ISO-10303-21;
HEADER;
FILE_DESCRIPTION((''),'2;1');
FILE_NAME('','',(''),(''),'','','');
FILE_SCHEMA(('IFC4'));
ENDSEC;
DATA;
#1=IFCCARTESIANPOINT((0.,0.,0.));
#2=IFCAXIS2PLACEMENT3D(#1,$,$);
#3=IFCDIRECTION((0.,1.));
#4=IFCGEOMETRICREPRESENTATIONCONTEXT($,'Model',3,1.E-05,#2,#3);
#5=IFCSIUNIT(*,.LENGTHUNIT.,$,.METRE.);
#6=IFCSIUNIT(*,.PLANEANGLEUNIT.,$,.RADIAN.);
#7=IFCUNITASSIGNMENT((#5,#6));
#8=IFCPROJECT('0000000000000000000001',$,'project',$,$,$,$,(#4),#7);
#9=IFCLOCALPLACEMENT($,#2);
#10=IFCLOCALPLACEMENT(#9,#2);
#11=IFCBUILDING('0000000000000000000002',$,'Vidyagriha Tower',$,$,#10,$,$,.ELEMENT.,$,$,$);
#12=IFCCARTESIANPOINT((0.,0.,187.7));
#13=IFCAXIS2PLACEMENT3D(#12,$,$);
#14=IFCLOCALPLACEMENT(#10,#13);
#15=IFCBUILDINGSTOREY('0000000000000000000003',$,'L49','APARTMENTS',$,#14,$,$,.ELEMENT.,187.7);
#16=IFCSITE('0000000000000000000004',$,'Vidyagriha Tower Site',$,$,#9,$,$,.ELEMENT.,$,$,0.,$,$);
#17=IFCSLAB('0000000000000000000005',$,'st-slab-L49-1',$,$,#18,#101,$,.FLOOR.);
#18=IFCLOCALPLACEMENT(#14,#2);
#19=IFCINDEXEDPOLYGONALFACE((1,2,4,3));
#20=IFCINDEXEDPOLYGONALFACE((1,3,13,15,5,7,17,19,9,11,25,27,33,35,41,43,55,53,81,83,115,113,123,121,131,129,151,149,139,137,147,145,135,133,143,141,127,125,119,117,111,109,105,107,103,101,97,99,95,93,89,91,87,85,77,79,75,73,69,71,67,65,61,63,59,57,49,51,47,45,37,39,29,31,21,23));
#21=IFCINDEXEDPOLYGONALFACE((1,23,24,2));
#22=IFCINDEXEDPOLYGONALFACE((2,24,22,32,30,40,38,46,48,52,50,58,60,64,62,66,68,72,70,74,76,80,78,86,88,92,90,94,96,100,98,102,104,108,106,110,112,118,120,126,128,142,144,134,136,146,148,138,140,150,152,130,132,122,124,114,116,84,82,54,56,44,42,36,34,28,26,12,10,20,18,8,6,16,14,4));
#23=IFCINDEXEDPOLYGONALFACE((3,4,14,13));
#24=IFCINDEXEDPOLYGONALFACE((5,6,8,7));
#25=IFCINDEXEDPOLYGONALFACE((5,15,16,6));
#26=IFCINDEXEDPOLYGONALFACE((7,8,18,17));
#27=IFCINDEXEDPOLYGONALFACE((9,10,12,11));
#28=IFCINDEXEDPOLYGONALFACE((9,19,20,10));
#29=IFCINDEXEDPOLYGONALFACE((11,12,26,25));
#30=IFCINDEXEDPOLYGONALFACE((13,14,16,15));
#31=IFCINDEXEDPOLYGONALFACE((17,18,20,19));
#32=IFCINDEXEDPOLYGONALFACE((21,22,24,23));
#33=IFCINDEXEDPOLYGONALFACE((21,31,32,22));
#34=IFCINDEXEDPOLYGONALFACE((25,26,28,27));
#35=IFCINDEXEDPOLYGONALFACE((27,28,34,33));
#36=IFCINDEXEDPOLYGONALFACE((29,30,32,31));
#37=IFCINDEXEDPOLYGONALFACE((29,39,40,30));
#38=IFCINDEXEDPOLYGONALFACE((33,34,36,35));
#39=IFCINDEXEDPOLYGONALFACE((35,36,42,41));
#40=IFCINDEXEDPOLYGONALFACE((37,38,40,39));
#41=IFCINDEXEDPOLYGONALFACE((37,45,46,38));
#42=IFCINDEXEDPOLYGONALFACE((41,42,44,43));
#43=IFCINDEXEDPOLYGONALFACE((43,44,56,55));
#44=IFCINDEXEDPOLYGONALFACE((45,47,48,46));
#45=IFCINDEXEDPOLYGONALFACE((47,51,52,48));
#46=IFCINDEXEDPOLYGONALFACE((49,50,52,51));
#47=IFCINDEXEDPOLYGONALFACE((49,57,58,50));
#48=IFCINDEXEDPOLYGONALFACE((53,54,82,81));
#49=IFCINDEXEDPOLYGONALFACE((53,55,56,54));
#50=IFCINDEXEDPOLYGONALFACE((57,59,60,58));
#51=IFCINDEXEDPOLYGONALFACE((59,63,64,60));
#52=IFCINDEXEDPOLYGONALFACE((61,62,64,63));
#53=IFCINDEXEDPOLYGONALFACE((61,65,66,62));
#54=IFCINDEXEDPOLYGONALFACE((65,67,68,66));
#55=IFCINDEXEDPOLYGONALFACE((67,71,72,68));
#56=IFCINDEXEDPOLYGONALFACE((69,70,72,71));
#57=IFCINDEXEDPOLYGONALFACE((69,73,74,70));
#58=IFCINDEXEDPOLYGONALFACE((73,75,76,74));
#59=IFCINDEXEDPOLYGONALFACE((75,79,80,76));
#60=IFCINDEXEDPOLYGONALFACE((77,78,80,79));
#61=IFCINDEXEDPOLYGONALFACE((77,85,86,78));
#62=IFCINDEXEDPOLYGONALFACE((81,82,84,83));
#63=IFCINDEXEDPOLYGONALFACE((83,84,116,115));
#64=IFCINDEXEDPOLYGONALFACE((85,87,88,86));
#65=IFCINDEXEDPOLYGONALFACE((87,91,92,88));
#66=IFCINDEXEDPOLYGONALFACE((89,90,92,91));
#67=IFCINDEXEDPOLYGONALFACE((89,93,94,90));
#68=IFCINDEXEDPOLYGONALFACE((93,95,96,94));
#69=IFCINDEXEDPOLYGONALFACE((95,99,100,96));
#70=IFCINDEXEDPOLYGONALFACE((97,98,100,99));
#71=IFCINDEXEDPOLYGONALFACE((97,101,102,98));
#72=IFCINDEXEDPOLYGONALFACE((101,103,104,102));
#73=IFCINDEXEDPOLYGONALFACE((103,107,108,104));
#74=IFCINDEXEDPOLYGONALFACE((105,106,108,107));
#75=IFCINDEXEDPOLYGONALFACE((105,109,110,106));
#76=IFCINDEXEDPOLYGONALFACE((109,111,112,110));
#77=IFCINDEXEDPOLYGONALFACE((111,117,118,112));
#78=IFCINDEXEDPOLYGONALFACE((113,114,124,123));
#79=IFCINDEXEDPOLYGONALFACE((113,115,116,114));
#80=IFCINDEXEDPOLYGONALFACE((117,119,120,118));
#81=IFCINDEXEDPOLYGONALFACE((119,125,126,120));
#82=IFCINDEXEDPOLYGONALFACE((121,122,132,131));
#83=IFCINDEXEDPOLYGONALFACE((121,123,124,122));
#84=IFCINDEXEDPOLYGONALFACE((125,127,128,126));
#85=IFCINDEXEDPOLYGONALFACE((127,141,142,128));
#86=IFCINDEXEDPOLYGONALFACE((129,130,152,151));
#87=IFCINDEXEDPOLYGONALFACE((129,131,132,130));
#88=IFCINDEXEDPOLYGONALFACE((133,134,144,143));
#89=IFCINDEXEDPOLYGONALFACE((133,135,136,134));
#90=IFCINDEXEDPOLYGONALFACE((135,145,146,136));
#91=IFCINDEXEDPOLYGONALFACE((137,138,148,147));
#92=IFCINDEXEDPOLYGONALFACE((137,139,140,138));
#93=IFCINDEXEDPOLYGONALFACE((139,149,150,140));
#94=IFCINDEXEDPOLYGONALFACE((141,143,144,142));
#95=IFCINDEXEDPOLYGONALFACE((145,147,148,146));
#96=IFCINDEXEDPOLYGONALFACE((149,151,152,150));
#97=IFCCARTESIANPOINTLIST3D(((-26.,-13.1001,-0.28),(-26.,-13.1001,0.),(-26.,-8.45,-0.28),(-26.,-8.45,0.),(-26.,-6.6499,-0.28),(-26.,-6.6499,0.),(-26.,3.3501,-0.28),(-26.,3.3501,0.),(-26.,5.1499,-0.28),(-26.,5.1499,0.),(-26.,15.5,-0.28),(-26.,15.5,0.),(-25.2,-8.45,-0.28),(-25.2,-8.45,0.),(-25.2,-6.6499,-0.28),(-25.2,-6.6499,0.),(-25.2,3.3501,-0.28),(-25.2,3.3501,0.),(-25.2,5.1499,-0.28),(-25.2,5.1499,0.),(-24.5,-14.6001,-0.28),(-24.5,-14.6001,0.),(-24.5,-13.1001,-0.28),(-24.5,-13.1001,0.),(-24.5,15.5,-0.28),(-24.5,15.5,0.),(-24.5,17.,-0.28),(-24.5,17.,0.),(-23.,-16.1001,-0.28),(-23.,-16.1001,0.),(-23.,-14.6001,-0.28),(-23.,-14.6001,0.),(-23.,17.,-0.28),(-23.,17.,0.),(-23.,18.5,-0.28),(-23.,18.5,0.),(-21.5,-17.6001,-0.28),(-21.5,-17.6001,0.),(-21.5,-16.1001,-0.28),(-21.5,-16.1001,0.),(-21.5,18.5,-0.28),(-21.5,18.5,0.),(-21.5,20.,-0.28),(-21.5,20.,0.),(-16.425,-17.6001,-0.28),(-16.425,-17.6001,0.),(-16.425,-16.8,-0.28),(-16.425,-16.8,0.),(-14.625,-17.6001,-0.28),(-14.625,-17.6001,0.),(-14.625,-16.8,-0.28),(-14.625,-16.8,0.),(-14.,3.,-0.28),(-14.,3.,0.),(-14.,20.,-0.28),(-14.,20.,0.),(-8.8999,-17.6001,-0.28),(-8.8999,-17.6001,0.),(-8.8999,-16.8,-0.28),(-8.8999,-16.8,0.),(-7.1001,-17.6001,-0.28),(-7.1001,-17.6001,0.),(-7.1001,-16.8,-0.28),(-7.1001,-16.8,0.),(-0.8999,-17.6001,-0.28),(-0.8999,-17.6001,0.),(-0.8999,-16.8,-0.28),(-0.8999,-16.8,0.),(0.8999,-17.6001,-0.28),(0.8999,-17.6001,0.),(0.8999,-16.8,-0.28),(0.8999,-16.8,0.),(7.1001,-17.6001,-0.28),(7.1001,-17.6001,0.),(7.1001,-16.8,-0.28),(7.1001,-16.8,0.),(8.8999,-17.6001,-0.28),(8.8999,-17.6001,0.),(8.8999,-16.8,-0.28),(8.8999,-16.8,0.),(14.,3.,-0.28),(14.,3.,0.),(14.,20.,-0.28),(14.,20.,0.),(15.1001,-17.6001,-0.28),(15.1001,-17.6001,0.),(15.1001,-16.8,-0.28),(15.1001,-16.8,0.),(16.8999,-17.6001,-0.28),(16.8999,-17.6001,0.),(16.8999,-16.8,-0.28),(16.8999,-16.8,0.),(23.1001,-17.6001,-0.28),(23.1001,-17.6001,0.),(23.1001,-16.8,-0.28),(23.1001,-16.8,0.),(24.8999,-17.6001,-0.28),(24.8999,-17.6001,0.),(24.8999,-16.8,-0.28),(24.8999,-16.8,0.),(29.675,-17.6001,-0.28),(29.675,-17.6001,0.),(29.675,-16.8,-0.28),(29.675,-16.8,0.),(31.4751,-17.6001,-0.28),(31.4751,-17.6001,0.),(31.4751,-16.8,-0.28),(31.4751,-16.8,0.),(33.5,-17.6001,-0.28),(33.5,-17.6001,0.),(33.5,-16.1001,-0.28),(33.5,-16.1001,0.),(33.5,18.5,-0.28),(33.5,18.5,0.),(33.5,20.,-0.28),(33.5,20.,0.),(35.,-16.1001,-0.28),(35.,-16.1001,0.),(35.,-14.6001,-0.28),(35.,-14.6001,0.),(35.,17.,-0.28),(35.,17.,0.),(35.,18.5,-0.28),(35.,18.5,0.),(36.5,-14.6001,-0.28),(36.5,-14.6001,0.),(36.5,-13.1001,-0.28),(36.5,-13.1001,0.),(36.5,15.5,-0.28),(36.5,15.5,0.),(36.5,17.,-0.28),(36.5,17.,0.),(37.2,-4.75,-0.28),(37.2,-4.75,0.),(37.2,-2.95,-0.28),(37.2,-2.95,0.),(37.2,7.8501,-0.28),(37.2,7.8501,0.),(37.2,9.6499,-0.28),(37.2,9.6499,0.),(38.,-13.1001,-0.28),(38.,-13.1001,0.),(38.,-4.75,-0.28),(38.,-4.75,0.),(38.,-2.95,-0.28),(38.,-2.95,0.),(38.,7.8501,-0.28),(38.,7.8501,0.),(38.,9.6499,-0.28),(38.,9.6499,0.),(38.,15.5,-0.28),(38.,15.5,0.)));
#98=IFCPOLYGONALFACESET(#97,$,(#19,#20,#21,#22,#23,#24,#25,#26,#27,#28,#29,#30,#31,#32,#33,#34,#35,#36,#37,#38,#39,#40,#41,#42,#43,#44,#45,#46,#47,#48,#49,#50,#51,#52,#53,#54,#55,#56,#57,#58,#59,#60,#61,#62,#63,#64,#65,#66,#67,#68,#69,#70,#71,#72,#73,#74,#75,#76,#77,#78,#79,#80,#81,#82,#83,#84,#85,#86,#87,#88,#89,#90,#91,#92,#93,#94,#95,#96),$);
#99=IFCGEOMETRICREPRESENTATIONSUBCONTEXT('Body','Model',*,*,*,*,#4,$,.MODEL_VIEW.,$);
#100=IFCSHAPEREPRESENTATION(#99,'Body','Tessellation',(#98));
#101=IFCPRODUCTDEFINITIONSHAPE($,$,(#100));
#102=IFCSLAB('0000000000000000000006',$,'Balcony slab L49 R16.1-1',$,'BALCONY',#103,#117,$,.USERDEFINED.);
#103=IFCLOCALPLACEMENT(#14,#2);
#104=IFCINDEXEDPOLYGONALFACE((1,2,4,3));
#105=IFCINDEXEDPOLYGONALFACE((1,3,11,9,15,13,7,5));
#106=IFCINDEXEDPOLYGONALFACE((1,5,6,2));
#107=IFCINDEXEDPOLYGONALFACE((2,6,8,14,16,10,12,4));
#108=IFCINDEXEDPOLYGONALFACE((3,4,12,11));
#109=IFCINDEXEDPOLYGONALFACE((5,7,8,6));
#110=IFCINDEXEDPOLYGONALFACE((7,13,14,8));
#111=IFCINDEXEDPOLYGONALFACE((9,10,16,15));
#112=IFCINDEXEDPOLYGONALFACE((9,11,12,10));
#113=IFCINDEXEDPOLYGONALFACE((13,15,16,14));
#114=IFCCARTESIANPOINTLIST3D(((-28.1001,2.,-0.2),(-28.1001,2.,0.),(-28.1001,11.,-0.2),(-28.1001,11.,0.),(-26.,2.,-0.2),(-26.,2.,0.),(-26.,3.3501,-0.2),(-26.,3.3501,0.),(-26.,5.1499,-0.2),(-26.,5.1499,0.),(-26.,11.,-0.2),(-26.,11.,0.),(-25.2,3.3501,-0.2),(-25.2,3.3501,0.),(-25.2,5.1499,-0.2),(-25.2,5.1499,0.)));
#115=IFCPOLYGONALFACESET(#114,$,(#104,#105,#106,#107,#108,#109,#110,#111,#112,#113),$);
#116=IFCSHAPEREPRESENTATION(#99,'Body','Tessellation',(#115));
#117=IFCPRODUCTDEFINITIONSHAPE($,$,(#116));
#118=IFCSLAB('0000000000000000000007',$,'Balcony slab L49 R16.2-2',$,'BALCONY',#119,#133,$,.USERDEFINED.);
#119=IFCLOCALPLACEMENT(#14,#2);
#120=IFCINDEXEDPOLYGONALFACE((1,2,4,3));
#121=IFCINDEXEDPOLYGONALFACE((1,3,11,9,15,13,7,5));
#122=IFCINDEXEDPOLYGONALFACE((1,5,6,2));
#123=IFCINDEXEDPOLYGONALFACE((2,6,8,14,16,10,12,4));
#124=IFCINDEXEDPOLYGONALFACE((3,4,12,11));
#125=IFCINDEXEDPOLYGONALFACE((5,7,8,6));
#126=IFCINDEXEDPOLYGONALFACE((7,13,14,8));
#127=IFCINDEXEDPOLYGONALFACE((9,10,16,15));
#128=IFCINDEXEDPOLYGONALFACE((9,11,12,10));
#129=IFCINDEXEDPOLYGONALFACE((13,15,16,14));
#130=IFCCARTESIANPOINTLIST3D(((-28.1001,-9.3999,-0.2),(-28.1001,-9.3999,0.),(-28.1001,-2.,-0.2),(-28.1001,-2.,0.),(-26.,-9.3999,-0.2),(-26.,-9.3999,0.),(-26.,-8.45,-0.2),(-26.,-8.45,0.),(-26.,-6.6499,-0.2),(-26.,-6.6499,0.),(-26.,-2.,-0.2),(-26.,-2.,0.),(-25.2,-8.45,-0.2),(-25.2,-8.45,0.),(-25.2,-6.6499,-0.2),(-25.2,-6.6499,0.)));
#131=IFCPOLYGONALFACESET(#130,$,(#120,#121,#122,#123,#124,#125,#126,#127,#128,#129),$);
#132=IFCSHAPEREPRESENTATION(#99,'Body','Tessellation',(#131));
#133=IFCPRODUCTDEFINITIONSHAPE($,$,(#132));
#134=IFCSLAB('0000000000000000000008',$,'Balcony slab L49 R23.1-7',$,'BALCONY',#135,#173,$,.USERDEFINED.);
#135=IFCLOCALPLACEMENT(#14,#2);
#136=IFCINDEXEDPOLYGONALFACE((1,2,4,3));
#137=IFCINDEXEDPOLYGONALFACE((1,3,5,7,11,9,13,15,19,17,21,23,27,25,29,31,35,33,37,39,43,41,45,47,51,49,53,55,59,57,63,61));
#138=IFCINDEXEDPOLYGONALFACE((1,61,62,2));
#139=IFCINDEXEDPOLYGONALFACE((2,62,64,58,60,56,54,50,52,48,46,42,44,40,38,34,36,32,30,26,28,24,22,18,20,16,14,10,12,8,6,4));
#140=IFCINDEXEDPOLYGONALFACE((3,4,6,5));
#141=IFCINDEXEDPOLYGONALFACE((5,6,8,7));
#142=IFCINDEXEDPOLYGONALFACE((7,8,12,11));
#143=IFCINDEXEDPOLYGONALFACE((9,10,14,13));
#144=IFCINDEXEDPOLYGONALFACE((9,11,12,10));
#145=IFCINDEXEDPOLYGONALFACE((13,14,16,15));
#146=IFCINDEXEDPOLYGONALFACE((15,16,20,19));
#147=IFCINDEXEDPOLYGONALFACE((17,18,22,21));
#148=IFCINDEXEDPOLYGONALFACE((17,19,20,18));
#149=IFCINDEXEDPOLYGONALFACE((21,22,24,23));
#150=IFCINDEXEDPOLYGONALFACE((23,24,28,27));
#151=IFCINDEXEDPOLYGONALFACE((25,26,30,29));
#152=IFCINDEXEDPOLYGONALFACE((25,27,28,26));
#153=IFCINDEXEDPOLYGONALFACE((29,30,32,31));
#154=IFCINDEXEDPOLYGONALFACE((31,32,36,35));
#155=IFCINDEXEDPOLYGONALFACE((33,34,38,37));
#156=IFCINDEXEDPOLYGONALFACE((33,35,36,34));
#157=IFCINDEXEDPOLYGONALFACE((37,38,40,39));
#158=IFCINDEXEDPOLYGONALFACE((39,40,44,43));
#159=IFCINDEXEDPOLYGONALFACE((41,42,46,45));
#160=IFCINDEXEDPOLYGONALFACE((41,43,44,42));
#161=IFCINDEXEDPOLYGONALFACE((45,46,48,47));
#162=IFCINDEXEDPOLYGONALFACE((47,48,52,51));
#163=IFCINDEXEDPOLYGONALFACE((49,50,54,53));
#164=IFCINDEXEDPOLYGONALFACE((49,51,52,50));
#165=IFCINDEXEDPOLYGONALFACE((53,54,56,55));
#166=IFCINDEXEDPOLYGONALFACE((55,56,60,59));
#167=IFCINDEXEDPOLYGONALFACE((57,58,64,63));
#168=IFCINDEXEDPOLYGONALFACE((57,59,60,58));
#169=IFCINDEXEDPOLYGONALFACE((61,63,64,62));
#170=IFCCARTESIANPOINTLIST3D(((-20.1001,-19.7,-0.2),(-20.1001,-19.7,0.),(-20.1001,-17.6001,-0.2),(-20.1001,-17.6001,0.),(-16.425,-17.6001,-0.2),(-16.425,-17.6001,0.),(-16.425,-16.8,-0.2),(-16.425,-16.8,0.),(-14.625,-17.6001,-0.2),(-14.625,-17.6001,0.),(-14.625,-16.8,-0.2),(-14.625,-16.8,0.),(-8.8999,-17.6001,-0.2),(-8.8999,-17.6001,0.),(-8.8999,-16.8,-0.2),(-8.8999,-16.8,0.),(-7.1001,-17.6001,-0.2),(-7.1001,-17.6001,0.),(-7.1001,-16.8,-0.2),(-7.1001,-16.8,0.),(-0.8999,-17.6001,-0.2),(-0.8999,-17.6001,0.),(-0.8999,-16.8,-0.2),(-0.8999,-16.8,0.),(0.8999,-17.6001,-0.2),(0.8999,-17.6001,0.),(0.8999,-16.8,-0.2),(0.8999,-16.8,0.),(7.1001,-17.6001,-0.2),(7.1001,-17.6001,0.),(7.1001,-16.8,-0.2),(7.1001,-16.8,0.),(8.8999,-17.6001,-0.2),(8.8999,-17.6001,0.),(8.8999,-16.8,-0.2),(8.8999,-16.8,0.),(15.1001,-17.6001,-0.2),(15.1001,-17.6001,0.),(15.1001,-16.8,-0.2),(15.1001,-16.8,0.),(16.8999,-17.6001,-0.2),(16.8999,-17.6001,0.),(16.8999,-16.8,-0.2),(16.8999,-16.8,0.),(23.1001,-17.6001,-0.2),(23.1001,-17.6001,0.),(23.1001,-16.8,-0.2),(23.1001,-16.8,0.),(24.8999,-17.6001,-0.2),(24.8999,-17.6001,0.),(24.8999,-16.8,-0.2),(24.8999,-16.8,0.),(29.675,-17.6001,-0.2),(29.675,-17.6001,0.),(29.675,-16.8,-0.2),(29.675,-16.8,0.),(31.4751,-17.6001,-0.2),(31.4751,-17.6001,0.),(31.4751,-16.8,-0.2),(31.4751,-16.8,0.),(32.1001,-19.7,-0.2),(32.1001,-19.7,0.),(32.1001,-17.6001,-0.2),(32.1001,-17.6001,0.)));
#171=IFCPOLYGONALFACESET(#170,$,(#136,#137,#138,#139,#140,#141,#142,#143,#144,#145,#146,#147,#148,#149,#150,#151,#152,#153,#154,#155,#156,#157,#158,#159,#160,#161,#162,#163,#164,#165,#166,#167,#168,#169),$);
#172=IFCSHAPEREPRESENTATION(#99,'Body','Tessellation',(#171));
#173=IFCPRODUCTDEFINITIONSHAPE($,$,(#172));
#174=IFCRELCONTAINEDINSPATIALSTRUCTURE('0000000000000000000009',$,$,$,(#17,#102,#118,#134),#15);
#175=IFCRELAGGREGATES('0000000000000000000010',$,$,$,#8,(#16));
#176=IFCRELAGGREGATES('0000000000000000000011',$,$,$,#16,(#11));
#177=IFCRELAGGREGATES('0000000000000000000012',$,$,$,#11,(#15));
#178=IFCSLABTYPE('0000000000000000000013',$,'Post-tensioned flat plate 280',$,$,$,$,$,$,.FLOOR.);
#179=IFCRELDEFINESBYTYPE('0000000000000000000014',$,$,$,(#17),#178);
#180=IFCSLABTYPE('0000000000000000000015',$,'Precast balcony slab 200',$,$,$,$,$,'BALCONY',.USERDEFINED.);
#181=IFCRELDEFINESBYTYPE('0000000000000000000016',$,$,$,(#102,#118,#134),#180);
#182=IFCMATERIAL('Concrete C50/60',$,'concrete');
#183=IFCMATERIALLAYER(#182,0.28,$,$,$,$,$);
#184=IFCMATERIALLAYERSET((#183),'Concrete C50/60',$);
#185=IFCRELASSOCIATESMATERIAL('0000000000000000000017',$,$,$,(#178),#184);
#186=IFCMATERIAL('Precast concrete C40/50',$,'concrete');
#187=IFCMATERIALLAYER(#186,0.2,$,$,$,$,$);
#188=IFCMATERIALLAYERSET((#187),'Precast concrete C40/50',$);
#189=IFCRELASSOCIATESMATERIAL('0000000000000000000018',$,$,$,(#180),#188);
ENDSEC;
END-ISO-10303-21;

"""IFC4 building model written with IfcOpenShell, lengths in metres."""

from ifc_helpers import new_model, si_unit, direction, frame, origin, place, context, subcontext, project, spatial, polyline, outline, extrude, material, layer, layer_set, type_object, element, save


model = new_model("IFC4")

# Units and contexts
model_context = context("Model", 3, precision=1e-05, world=origin(), true_north=direction((0.0, 1.0)))
body_context = subcontext(model_context, "Body", "Model", "MODEL_VIEW")
ifc_project = project(units=[si_unit("LENGTHUNIT", "METRE"), si_unit("PLANEANGLEUNIT", "RADIAN")], contexts=[model_context])

# Site, building, storey
site_placement = place(None, origin())
site = spatial("IfcSite", under=ifc_project, at=site_placement, Name="Vidyagriha Tower Site", CompositionType="ELEMENT", RefElevation=0.0)
building_placement = place(site_placement, origin())
building = spatial("IfcBuilding", under=site, at=building_placement, Name="Vidyagriha Tower", CompositionType="ELEMENT")
storey_placement = place(building_placement, frame((0.0, 0.0, 187.7)))
storey = spatial("IfcBuildingStorey", under=building, at=storey_placement, Name="L49", Description="APARTMENTS", CompositionType="ELEMENT", Elevation=187.7)

# Slabs
ifc_material_1 = material(Name="Concrete C50/60", Category="concrete")
ifc_layer_1 = layer(ifc_material_1, 0.28)
ifc_layer_set_1 = layer_set([ifc_layer_1], Name="Concrete C50/60")
slab_type_1 = type_object("IfcSlabType", Name="Post-tensioned flat plate 280", PredefinedType="FLOOR", material=ifc_layer_set_1)
slab_1_placement = place(storey_placement, frame((0.0, 0.0, -0.28)))
element("IfcSlab", 1, at=slab_1_placement, inside=storey, type_object=slab_type_1, Name="st-slab-L49-1", PredefinedType="FLOOR", context=body_context, shape_type="SweptSolid", body=[
    extrude(outline(polyline([(36.5, -14.6001), (35.0, -14.6001), (35.0, -16.1001), (33.5, -16.1001), (33.5, -17.6001), (31.4751, -17.6001), (31.4751, -16.8), (29.675, -16.8), (29.675, -17.6001), (24.8999, -17.6001), (24.8999, -16.8), (23.1001, -16.8), (23.1001, -17.6001), (16.8999, -17.6001), (16.8999, -16.8), (15.1001, -16.8), (15.1001, -17.6001), (8.8999, -17.6001), (8.8999, -16.8), (7.1001, -16.8), (7.1001, -17.6001), (0.8999, -17.6001), (0.8999, -16.8), (-0.8999, -16.8), (-0.8999, -17.6001), (-7.1001, -17.6001), (-7.1001, -16.8), (-8.8999, -16.8), (-8.8999, -17.6001), (-14.625, -17.6001), (-14.625, -16.8), (-16.425, -16.8), (-16.425, -17.6001), (-21.5, -17.6001), (-21.5, -16.1001), (-23.0, -16.1001), (-23.0, -14.6001), (-24.5, -14.6001), (-24.5, -13.1001), (-26.0, -13.1001), (-26.0, -8.45), (-25.2, -8.45), (-25.2, -6.6499), (-26.0, -6.6499), (-26.0, 3.3501), (-25.2, 3.3501), (-25.2, 5.1499), (-26.0, 5.1499), (-26.0, 15.5), (-24.5, 15.5), (-24.5, 17.0), (-23.0, 17.0), (-23.0, 18.5), (-21.5, 18.5), (-21.5, 20.0), (-14.0, 20.0), (-14.0, 3.0), (14.0, 3.0), (14.0, 20.0), (33.5, 20.0), (33.5, 18.5), (35.0, 18.5), (35.0, 17.0), (36.5, 17.0), (36.5, 15.5), (38.0, 15.5), (38.0, 9.6499), (37.2, 9.6499), (37.2, 7.8501), (38.0, 7.8501), (38.0, -2.95), (37.2, -2.95), (37.2, -4.75), (38.0, -4.75), (38.0, -13.1001), (36.5, -13.1001), (36.5, -14.6001)])), origin(), (0.0, 0.0, 1.0), 0.28),
])
ifc_material_2 = material(Name="Precast concrete C40/50", Category="concrete")
ifc_layer_2 = layer(ifc_material_2, 0.2)
ifc_layer_set_2 = layer_set([ifc_layer_2], Name="Precast concrete C40/50")
slab_type_2 = type_object("IfcSlabType", Name="Precast balcony slab 200", ElementType="BALCONY", PredefinedType="USERDEFINED", material=ifc_layer_set_2)
slab_2_placement = place(storey_placement, frame((0.0, 0.0, -0.2)))
element("IfcSlab", 2, at=slab_2_placement, inside=storey, type_object=slab_type_2, Name="Balcony slab L49 R16.1-1", ObjectType="BALCONY", PredefinedType="USERDEFINED", context=body_context, shape_type="SweptSolid", body=[
    extrude(outline(polyline([(-25.2, 3.3501), (-25.2, 5.1499), (-26.0, 5.1499), (-26.0, 11.0), (-28.1001, 11.0), (-28.1001, 2.0), (-26.0, 2.0), (-26.0, 3.3501), (-25.2, 3.3501)])), origin(), (0.0, 0.0, 1.0), 0.2),
])
slab_3_placement = place(storey_placement, frame((0.0, 0.0, -0.2)))
element("IfcSlab", 3, at=slab_3_placement, inside=storey, type_object=slab_type_2, Name="Balcony slab L49 R16.2-2", ObjectType="BALCONY", PredefinedType="USERDEFINED", context=body_context, shape_type="SweptSolid", body=[
    extrude(outline(polyline([(-25.2, -8.45), (-25.2, -6.6499), (-26.0, -6.6499), (-26.0, -2.0), (-28.1001, -2.0), (-28.1001, -9.3999), (-26.0, -9.3999), (-26.0, -8.45), (-25.2, -8.45)])), origin(), (0.0, 0.0, 1.0), 0.2),
])
slab_4_placement = place(storey_placement, frame((0.0, 0.0, -0.2)))
element("IfcSlab", 4, at=slab_4_placement, inside=storey, type_object=slab_type_2, Name="Balcony slab L49 R23.1-7", ObjectType="BALCONY", PredefinedType="USERDEFINED", context=body_context, shape_type="SweptSolid", body=[
    extrude(outline(polyline([(-14.625, -16.8), (-16.425, -16.8), (-16.425, -17.6001), (-20.1001, -17.6001), (-20.1001, -19.7), (32.1001, -19.7), (32.1001, -17.6001), (31.4751, -17.6001), (31.4751, -16.8), (29.675, -16.8), (29.675, -17.6001), (24.8999, -17.6001), (24.8999, -16.8), (23.1001, -16.8), (23.1001, -17.6001), (16.8999, -17.6001), (16.8999, -16.8), (15.1001, -16.8), (15.1001, -17.6001), (8.8999, -17.6001), (8.8999, -16.8), (7.1001, -16.8), (7.1001, -17.6001), (0.8999, -17.6001), (0.8999, -16.8), (-0.8999, -16.8), (-0.8999, -17.6001), (-7.1001, -17.6001), (-7.1001, -16.8), (-8.8999, -16.8), (-8.8999, -17.6001), (-14.625, -17.6001), (-14.625, -16.8)])), origin(), (0.0, 0.0, 1.0), 0.2),
])

save(model, "model.ifc")
